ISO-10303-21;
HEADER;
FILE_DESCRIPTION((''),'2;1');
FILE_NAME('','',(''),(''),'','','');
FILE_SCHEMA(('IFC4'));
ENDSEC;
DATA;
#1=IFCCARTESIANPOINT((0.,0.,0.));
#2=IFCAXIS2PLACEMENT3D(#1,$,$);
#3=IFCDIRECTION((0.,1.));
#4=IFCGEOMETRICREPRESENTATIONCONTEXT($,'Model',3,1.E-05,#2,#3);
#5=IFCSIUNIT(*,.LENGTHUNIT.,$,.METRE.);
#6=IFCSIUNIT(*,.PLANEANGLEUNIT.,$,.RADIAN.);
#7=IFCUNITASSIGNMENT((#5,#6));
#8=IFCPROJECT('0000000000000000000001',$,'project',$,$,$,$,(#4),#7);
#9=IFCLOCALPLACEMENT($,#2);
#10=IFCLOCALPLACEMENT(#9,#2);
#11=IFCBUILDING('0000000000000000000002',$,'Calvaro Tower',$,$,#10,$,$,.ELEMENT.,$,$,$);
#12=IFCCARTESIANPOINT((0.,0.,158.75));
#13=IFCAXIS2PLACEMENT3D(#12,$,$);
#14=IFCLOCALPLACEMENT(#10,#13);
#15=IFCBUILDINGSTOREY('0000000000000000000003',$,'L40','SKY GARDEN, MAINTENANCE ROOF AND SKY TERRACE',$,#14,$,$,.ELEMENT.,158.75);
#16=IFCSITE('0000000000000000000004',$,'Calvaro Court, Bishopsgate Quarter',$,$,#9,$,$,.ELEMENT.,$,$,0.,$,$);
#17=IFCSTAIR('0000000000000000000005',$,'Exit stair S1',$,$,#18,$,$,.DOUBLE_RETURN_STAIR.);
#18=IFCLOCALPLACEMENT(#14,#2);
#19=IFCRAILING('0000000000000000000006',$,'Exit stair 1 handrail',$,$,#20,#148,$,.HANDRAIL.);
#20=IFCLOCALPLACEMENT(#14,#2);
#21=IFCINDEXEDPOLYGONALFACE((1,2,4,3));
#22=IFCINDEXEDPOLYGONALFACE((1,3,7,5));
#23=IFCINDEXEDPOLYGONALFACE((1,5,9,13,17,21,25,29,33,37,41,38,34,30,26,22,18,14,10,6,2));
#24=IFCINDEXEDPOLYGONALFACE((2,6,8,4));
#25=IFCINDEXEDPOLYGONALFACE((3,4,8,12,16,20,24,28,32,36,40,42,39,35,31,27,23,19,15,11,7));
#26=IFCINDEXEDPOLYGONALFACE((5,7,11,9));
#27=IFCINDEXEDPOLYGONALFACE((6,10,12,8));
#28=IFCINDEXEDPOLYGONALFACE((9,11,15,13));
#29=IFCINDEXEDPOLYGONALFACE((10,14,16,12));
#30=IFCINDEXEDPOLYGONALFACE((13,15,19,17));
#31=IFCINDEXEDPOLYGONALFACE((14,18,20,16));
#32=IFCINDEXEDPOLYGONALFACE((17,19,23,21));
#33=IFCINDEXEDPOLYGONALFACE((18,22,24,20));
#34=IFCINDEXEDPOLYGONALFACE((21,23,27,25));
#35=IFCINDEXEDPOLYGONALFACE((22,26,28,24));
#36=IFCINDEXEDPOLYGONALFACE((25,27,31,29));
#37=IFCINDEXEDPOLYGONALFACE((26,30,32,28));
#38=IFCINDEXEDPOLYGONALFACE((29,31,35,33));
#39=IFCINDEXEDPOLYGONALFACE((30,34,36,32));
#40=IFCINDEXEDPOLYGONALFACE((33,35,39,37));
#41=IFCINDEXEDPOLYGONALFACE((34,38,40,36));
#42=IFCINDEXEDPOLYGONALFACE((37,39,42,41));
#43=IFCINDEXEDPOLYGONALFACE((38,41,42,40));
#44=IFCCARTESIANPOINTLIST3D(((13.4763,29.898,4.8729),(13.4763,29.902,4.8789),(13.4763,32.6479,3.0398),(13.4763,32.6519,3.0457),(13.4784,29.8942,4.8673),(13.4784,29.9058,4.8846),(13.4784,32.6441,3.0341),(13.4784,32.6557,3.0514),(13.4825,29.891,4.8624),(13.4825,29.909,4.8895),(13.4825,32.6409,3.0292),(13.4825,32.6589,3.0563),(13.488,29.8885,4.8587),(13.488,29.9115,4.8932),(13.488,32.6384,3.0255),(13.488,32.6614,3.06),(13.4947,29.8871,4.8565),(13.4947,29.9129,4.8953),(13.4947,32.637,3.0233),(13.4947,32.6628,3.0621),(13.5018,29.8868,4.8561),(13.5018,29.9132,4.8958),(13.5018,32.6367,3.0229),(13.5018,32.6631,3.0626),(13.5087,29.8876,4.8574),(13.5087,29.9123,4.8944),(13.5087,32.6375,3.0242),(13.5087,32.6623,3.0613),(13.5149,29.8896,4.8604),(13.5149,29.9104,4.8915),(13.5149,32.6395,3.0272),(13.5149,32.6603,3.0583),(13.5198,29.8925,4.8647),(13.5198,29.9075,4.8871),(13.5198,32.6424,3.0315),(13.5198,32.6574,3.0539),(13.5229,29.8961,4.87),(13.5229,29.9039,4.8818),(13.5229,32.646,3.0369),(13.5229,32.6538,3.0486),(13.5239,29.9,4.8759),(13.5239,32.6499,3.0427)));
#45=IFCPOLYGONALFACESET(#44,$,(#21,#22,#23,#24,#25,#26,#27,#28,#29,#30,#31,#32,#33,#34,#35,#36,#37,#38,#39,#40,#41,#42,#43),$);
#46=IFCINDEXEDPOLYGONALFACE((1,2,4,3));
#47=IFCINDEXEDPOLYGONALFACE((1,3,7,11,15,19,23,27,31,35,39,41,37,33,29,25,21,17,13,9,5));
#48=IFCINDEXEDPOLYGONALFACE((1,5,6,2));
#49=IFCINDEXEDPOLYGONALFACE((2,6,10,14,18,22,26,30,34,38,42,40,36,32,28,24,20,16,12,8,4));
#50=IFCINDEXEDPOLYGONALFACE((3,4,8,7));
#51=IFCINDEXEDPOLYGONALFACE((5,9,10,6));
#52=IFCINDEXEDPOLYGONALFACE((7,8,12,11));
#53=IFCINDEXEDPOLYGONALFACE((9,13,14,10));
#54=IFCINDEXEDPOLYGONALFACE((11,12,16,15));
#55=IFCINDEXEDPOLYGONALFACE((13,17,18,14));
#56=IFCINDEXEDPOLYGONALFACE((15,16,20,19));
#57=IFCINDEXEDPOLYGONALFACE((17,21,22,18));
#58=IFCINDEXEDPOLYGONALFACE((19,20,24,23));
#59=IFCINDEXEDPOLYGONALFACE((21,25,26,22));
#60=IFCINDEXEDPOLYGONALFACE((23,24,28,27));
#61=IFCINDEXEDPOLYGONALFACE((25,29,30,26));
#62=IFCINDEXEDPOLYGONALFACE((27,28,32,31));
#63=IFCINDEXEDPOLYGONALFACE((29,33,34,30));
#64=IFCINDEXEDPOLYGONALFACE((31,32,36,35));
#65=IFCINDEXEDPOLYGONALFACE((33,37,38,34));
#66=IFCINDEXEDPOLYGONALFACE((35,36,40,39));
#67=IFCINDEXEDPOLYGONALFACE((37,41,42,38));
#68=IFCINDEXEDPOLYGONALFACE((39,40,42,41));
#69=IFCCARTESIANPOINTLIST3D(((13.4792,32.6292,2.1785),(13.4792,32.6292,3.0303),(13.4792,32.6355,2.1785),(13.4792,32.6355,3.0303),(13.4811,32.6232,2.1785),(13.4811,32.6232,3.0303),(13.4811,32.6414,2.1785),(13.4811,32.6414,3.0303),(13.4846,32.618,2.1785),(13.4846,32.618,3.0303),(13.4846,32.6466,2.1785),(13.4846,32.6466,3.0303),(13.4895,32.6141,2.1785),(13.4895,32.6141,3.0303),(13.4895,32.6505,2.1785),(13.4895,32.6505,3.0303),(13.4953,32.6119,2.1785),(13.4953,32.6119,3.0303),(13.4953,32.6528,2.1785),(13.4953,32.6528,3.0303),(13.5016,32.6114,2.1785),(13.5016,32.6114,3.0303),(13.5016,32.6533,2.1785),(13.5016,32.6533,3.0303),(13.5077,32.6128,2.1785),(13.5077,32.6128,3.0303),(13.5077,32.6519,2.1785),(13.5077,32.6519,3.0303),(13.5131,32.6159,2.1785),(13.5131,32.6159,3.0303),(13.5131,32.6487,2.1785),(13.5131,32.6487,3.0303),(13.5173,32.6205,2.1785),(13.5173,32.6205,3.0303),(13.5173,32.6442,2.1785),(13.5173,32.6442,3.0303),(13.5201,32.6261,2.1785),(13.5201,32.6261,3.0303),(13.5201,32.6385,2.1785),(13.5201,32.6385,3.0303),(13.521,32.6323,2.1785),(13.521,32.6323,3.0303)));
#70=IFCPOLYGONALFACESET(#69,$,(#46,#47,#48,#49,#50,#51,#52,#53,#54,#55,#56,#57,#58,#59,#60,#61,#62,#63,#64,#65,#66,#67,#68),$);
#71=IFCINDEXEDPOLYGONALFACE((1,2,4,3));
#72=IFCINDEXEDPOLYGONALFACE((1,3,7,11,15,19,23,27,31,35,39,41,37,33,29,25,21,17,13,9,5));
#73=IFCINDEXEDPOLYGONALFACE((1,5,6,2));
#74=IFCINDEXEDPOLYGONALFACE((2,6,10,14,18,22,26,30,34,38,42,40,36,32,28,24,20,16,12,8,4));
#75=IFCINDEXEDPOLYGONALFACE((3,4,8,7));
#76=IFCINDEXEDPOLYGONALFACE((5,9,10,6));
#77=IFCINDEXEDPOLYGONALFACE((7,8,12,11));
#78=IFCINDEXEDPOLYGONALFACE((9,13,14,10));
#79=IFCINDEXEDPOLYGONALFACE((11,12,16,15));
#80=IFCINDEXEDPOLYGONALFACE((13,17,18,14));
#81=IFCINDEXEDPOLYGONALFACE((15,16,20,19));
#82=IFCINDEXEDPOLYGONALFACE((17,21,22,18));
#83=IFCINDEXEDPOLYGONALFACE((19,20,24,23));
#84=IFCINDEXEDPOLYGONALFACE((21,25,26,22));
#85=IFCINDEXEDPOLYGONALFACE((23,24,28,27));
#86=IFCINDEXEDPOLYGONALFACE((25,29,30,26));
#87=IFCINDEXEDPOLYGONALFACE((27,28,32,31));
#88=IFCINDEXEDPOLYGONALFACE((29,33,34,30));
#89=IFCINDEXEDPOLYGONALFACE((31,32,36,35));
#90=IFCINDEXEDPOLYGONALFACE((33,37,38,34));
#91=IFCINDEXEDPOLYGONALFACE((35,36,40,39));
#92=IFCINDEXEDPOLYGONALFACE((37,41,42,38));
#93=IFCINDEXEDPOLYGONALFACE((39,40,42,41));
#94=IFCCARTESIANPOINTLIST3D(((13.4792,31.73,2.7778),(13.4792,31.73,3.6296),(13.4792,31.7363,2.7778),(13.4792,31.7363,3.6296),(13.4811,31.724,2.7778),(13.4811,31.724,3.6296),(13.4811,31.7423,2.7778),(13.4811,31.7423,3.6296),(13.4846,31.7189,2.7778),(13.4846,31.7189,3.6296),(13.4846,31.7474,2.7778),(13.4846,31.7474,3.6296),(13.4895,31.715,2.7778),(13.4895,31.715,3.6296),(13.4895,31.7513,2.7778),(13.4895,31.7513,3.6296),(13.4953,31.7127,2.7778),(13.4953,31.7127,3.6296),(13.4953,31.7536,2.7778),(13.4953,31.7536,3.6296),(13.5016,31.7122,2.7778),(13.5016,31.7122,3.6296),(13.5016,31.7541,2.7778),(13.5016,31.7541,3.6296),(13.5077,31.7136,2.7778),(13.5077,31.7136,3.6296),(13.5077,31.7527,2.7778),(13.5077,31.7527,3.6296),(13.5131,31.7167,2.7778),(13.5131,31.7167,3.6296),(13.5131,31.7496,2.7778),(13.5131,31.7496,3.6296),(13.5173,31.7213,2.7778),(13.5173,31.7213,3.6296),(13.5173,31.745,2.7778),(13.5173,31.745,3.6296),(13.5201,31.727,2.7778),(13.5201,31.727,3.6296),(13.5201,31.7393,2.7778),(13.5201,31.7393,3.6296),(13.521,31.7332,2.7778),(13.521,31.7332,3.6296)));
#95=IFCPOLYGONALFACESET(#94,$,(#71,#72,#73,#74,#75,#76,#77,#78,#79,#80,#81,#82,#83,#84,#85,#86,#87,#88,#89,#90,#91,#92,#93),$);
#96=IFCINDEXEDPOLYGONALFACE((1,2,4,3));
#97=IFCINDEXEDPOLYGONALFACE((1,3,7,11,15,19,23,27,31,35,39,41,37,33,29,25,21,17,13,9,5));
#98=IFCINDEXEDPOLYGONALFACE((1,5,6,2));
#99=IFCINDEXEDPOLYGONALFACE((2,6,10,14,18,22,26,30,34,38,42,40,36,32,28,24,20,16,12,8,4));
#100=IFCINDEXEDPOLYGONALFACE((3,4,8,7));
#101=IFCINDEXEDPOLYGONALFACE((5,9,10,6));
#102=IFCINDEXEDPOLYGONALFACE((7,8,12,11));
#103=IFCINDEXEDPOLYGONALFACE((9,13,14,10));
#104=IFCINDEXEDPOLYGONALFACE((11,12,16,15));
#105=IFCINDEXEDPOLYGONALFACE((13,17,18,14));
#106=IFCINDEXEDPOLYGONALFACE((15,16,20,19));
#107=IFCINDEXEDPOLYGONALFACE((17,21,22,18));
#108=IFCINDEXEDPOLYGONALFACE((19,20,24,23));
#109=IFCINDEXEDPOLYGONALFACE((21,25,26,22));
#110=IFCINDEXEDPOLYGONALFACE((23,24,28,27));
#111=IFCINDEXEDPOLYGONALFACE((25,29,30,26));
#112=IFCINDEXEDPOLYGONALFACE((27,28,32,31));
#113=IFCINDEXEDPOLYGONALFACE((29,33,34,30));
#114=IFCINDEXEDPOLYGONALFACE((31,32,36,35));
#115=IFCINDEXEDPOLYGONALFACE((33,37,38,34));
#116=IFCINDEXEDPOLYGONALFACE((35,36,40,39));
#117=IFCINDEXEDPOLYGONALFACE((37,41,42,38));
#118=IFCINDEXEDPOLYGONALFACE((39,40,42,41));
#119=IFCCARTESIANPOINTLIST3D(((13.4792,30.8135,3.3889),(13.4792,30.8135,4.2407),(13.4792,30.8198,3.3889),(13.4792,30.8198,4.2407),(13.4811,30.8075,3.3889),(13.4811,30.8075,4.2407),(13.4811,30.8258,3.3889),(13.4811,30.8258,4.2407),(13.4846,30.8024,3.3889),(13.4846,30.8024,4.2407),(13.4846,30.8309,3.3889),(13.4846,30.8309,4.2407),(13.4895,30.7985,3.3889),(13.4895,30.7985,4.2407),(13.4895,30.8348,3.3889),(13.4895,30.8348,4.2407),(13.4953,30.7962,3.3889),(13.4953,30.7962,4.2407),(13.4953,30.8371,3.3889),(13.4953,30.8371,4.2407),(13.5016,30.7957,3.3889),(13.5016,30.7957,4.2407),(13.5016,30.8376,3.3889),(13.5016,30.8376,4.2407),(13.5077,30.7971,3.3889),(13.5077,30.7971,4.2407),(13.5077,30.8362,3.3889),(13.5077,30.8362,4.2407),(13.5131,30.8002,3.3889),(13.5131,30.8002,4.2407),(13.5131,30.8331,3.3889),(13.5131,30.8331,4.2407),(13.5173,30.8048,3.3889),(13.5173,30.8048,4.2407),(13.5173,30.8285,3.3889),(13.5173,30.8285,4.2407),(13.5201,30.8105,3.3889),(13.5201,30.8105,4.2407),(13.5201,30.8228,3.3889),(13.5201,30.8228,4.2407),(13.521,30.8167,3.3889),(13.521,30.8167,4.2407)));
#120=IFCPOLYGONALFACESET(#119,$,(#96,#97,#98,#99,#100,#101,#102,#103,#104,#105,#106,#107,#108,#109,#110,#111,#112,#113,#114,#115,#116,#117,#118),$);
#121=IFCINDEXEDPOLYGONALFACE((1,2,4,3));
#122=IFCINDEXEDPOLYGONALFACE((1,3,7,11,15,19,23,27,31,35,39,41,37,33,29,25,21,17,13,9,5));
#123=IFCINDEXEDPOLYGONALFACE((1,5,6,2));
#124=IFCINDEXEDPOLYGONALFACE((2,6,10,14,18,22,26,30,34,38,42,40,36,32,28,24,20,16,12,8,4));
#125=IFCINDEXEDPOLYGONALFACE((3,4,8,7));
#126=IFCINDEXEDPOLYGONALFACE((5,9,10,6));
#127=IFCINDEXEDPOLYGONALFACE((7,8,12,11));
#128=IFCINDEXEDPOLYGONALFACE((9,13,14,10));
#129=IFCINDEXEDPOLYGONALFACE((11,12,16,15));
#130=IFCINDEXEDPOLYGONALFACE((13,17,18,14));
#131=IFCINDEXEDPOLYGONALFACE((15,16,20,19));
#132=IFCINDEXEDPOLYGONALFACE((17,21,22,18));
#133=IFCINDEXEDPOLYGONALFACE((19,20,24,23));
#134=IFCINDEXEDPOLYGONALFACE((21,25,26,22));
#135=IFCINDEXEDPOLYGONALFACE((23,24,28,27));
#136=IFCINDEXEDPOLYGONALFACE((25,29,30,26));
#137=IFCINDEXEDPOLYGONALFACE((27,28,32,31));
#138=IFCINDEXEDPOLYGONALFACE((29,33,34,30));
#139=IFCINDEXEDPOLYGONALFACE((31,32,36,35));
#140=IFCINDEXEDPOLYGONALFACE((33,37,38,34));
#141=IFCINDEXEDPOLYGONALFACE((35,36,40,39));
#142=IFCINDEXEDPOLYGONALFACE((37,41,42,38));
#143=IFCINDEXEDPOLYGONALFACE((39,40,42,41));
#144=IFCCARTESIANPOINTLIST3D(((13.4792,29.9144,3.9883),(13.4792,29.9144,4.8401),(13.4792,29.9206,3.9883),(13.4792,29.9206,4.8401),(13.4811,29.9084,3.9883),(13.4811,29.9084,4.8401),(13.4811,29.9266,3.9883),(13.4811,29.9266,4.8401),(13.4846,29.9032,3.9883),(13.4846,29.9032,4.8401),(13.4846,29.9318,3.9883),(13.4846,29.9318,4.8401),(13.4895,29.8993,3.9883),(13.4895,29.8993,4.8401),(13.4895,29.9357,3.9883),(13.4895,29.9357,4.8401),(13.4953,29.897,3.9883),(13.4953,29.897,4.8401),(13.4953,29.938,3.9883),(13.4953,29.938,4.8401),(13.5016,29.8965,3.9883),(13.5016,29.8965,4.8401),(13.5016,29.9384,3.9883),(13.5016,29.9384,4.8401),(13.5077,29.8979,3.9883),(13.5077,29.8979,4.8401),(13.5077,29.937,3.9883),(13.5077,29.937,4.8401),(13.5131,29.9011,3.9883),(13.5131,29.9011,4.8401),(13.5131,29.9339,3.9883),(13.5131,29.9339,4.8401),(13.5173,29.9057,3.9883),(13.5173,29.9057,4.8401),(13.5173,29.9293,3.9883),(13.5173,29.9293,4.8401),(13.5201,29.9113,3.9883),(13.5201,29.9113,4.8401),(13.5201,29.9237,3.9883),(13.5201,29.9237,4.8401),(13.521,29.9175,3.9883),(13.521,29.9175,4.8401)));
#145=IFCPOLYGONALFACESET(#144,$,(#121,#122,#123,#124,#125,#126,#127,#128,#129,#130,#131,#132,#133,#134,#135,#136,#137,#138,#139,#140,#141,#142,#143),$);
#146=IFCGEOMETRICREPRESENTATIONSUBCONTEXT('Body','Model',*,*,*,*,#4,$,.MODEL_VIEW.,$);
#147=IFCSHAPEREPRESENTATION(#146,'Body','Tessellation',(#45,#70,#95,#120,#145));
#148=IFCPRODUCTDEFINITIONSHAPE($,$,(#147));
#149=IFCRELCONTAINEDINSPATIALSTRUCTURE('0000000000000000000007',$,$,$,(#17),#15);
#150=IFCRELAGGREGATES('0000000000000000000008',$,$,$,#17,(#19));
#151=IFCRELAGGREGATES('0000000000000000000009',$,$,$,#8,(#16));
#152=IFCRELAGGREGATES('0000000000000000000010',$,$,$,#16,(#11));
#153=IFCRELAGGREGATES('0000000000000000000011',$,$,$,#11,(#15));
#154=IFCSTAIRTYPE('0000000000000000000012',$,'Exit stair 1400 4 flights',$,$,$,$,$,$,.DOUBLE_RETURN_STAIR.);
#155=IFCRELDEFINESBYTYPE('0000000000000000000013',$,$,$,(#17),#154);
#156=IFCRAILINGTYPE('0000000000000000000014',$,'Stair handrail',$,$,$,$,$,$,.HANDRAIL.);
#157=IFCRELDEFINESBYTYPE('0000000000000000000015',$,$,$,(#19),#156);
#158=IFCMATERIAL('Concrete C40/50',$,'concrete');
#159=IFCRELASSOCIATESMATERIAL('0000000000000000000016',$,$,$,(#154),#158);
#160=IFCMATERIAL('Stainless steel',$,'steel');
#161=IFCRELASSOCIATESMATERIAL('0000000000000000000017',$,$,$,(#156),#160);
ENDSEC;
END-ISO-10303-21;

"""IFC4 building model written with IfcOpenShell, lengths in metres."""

from ifc_helpers import new_model, si_unit, direction, frame, origin, origin_2d, place, context, subcontext, project, spatial, circle, extrude, material, type_object, element, aggregate, save


model = new_model("IFC4")

# Units and contexts
model_context = context("Model", 3, precision=1e-05, world=origin(), true_north=direction((0.0, 1.0)))
body_context = subcontext(model_context, "Body", "Model", "MODEL_VIEW")
ifc_project = project(units=[si_unit("LENGTHUNIT", "METRE"), si_unit("PLANEANGLEUNIT", "RADIAN")], contexts=[model_context])

# Site, building, storey
site_placement = place(None, origin())
site = spatial("IfcSite", under=ifc_project, at=site_placement, Name="Calvaro Court, Bishopsgate Quarter", CompositionType="ELEMENT", RefElevation=0.0)
building_placement = place(site_placement, origin())
building = spatial("IfcBuilding", under=site, at=building_placement, Name="Calvaro Tower", CompositionType="ELEMENT")
storey_placement = place(building_placement, frame((0.0, 0.0, 158.75)))
storey = spatial("IfcBuildingStorey", under=building, at=storey_placement, Name="L40", Description="SKY GARDEN, MAINTENANCE ROOF AND SKY TERRACE", CompositionType="ELEMENT", Elevation=158.75)

# Stair
ifc_material_1 = material(Name="Concrete C40/50", Category="concrete")
stair_type = type_object("IfcStairType", Name="Exit stair 1400 4 flights", PredefinedType="DOUBLE_RETURN_STAIR", material=ifc_material_1)
stair_placement = place(storey_placement, origin())
stair = element("IfcStair", 1, at=stair_placement, inside=storey, type_object=stair_type, Name="Exit stair S1", PredefinedType="DOUBLE_RETURN_STAIR")

# Railing
ifc_material_2 = material(Name="Stainless steel", Category="steel")
railing_type_1 = type_object("IfcRailingType", Name="Stair handrail", PredefinedType="HANDRAIL", material=ifc_material_2)
railing_1_placement = place(storey_placement, frame((13.5, 32.6499, 2.1667)))
railing_1 = element("IfcRailing", 2, at=railing_1_placement, type_object=railing_type_1, Name="Exit stair 1 handrail", PredefinedType="HANDRAIL", context=body_context, shape_type="SweptSolid", body=[
    extrude(circle(Radius=0.0239, at=origin_2d()), frame((0.0, 0.0, 0.876), z_axis=(0.0, -0.832062, 0.554683), x_axis=(1.0, 0.0, 0.0)), (0.0, 0.0, 1.0), 3.3049),
    extrude(circle(Radius=0.021, at=origin_2d()), frame((0.0, -0.0176, 0.0117)), (0.0, 0.0, 1.0), 0.8518),
    extrude(circle(Radius=0.021, at=origin_2d()), frame((0.0, -0.9167, 0.6111)), (0.0, 0.0, 1.0), 0.8518),
    extrude(circle(Radius=0.021, at=origin_2d()), frame((0.0, -1.8333, 1.2222)), (0.0, 0.0, 1.0), 0.8518),
    extrude(circle(Radius=0.021, at=origin_2d()), frame((0.0, -2.7324, 1.8215)), (0.0, 0.0, 1.0), 0.8518),
])
aggregate(stair, [railing_1])

save(model, "model.ifc")
